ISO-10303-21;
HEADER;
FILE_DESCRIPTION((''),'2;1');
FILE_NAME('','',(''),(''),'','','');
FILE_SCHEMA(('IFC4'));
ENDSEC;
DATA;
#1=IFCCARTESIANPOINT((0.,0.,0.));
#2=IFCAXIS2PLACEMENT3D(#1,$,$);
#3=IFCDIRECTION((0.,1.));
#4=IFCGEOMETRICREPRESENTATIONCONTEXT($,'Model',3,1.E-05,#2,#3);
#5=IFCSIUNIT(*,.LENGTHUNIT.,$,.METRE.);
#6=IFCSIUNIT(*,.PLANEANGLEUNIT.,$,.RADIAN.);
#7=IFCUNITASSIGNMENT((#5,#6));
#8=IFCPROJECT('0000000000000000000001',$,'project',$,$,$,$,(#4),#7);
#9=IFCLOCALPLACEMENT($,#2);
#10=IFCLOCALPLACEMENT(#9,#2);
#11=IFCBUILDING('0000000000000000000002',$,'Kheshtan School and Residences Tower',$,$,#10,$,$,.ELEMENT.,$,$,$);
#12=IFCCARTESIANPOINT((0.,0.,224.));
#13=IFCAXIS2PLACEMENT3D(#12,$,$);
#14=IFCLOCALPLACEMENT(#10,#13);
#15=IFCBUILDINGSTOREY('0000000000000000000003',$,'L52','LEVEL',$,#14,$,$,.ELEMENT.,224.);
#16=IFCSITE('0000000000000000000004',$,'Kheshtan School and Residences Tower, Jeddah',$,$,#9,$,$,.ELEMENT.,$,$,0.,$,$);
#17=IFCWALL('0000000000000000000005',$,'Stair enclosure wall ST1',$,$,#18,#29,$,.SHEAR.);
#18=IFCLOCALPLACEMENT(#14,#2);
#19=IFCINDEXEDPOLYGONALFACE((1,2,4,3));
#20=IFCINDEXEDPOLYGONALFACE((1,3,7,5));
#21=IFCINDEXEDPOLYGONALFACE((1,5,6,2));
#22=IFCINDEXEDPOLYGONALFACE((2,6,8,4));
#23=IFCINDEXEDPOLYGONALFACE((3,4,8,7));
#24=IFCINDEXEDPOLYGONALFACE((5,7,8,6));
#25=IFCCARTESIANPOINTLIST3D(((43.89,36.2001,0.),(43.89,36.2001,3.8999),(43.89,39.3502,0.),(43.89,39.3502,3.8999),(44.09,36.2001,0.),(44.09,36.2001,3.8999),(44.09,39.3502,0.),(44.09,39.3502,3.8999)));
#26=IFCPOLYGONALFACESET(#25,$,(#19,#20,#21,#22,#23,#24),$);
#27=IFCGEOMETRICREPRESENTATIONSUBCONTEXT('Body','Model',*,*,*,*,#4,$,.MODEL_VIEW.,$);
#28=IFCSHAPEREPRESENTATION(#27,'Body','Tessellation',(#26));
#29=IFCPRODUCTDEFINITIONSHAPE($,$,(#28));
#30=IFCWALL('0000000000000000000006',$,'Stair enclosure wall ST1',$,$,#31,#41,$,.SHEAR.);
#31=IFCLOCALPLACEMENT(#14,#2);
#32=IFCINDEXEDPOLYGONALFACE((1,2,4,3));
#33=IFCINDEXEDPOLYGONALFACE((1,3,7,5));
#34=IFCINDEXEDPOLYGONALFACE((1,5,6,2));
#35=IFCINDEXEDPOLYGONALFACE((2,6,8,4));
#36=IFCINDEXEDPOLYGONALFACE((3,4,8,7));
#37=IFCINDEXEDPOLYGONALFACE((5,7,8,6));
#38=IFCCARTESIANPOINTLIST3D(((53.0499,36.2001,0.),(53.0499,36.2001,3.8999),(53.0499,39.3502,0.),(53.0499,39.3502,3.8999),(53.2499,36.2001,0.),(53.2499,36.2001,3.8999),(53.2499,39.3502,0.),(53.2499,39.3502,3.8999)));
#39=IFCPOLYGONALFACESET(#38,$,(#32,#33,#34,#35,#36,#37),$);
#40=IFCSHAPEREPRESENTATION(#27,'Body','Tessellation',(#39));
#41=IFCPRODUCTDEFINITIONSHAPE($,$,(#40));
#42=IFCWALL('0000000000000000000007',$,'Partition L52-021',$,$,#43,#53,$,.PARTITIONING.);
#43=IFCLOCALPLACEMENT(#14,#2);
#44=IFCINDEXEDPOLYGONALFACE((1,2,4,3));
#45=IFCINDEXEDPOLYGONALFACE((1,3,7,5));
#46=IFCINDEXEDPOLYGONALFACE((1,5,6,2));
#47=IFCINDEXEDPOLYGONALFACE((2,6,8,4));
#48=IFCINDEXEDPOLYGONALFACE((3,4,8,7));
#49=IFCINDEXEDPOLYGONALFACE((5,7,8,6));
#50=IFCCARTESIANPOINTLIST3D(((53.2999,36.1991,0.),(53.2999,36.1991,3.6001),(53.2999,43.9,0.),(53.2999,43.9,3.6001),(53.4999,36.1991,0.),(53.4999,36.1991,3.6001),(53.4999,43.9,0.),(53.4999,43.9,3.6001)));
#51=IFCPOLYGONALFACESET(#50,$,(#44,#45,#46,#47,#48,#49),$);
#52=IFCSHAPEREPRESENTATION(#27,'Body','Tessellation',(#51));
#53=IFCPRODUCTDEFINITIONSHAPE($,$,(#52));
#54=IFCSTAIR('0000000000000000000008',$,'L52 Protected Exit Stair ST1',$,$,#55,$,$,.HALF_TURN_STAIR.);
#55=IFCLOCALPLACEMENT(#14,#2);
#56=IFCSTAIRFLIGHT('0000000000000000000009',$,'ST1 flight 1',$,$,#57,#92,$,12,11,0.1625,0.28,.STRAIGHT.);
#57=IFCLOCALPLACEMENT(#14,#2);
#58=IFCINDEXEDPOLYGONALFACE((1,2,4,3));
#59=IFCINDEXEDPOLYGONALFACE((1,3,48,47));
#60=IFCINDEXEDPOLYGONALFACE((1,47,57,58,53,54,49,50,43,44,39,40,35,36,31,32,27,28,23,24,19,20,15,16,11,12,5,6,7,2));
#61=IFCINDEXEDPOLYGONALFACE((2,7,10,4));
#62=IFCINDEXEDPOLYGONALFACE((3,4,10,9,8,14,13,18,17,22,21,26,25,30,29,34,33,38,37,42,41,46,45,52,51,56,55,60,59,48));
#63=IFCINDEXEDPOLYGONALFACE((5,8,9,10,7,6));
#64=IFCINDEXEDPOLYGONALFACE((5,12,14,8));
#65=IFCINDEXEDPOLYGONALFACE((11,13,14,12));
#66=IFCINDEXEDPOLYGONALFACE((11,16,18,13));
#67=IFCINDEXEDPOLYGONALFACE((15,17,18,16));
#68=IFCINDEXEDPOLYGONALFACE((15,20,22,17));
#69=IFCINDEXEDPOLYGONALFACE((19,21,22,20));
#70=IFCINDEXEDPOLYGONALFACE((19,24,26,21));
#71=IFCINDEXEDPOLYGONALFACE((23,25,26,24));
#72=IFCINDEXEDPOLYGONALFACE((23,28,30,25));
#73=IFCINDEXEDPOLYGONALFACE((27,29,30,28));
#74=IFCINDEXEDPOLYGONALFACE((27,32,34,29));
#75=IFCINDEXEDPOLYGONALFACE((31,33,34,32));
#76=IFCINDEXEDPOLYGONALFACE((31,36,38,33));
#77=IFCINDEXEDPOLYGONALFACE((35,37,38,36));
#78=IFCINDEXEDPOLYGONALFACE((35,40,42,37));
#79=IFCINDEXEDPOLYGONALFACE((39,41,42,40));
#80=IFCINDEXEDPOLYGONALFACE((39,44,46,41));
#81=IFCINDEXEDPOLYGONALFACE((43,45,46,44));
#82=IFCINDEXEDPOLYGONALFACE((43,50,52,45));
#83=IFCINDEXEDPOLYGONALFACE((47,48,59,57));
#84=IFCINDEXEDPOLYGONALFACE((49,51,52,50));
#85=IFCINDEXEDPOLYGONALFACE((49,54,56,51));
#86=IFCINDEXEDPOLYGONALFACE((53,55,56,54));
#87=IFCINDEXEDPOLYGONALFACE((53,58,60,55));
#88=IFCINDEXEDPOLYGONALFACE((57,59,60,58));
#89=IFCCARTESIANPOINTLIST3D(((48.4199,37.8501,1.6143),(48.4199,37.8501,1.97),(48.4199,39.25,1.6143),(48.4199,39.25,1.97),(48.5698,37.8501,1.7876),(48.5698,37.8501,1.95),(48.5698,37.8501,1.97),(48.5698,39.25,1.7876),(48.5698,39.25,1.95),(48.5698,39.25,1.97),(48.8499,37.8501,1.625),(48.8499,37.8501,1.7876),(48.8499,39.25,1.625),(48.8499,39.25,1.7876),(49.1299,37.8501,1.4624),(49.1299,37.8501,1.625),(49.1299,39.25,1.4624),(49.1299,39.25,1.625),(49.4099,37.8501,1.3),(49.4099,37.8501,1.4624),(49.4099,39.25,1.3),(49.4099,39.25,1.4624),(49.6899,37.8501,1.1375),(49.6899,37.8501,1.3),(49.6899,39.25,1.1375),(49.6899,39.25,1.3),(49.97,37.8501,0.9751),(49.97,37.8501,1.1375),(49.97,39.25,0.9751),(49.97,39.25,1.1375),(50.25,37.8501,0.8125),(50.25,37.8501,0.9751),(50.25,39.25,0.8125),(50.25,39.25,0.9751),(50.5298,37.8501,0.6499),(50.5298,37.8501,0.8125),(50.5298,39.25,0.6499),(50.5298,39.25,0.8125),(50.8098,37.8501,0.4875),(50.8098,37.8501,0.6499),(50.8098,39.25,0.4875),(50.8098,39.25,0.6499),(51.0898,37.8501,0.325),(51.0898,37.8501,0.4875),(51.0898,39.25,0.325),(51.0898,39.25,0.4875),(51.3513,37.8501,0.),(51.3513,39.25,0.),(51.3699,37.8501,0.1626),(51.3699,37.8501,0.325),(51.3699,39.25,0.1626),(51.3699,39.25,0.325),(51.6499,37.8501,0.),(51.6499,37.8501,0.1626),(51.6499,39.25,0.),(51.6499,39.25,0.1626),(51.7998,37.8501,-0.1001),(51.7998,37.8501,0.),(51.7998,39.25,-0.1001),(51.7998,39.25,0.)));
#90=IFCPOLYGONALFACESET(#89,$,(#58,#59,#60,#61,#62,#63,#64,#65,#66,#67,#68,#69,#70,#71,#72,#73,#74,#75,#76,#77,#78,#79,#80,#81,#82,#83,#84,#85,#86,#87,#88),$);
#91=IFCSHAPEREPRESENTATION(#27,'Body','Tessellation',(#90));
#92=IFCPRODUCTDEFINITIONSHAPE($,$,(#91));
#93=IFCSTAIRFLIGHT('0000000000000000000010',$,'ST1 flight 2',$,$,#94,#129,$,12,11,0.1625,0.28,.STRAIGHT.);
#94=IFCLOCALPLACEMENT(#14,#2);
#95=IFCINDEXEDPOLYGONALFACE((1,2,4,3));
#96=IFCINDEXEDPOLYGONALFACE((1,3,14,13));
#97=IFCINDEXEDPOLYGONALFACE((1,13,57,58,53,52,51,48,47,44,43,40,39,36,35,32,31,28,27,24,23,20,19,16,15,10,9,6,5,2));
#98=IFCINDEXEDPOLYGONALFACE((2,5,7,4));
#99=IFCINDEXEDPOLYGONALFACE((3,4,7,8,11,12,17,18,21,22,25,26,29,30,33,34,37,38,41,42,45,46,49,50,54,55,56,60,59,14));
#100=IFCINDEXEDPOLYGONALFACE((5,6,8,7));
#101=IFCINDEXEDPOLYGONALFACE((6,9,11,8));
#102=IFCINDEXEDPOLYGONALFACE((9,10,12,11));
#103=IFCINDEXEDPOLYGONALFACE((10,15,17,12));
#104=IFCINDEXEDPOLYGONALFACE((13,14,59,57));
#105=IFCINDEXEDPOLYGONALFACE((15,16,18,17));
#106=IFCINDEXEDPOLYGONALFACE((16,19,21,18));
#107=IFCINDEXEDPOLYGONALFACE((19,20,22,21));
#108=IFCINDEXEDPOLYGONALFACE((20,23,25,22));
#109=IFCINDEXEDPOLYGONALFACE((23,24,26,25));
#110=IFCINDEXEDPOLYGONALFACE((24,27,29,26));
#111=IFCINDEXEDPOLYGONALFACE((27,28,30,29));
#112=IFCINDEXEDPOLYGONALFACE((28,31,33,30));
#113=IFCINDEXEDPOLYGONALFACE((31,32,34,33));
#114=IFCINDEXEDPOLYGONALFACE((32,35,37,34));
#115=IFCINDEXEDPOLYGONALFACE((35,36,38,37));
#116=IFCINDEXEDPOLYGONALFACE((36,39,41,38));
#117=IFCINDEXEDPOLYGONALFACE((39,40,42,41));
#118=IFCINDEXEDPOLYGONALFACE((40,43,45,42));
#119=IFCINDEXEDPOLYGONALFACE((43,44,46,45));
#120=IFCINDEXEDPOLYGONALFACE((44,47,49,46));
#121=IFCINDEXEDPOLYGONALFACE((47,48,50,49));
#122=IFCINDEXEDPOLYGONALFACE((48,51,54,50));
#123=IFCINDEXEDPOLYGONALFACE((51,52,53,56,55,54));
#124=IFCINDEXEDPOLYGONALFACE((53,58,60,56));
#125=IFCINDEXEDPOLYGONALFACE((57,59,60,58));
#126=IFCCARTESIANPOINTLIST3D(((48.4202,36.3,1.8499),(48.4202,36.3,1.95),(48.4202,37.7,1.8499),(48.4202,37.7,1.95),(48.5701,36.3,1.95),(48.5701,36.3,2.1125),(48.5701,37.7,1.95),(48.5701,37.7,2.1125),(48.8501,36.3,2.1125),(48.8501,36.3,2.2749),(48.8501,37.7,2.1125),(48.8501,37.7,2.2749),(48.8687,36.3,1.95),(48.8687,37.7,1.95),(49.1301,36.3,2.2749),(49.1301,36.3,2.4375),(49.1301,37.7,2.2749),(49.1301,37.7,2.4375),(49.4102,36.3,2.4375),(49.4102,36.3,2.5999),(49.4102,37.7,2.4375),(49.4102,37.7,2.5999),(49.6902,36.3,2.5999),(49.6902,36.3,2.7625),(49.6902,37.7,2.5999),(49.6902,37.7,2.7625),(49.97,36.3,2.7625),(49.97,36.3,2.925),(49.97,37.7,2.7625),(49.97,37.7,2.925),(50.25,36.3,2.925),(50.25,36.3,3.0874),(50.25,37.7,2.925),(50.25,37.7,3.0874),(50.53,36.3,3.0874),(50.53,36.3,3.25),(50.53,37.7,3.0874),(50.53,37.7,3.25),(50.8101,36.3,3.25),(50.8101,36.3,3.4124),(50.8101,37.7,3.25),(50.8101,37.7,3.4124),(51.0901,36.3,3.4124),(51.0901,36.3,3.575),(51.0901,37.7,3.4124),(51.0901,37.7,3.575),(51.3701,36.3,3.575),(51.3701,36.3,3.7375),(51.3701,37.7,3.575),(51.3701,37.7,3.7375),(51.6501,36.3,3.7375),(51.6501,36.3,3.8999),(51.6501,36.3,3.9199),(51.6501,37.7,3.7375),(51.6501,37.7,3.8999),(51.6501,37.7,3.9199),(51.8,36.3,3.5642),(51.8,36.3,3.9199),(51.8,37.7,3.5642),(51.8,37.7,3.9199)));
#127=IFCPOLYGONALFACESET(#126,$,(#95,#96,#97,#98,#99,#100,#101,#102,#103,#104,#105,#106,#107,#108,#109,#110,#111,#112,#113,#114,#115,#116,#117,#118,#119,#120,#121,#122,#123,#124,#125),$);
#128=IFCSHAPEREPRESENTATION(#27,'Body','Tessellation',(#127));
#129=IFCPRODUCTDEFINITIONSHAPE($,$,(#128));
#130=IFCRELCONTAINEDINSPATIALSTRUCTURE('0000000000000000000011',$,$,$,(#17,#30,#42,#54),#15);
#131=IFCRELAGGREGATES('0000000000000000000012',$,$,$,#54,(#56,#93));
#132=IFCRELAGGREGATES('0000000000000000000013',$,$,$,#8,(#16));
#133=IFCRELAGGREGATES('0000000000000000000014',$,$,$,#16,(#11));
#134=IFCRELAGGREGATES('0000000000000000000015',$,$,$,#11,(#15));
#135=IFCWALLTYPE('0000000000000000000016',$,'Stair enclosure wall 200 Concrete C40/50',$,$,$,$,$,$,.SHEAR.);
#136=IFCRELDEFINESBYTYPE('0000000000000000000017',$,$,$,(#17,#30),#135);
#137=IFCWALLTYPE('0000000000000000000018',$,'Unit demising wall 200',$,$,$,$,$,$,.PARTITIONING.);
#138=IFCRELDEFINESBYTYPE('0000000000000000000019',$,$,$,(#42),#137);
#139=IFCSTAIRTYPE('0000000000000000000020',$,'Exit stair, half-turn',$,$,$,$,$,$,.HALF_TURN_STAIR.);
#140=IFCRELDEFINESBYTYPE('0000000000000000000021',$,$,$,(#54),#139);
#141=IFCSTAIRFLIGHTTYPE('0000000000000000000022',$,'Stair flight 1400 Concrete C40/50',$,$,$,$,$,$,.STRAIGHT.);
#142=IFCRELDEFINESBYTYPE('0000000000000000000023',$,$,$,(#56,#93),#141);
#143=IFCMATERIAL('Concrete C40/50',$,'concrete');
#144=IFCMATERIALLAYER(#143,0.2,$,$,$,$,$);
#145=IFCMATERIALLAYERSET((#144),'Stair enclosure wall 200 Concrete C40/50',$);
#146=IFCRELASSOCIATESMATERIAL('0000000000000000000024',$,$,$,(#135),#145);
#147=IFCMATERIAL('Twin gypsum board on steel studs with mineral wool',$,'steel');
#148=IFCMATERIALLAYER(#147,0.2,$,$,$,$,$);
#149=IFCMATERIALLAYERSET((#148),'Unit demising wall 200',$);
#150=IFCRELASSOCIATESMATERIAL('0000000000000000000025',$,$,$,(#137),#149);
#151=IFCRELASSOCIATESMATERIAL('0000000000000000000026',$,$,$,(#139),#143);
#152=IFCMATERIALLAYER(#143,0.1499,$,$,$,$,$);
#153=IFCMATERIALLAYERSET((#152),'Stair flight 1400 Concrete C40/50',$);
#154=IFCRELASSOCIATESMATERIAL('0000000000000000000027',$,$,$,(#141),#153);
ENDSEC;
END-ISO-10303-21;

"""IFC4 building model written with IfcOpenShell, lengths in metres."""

from ifc_helpers import new_model, si_unit, direction, frame, frame_2d, origin, place, context, subcontext, project, spatial, polyline, rectangle, outline, extrude, material, layer, layer_set, type_object, element, aggregate, save


model = new_model("IFC4")

# Units and contexts
model_context = context("Model", 3, precision=1e-05, world=origin(), true_north=direction((0.0, 1.0)))
body_context = subcontext(model_context, "Body", "Model", "MODEL_VIEW")
ifc_project = project(units=[si_unit("LENGTHUNIT", "METRE"), si_unit("PLANEANGLEUNIT", "RADIAN")], contexts=[model_context])

# Site, building, storey
site_placement = place(None, origin())
site = spatial("IfcSite", under=ifc_project, at=site_placement, Name="Kheshtan School and Residences Tower, Jeddah", CompositionType="ELEMENT", RefElevation=0.0)
building_placement = place(site_placement, origin())
building = spatial("IfcBuilding", under=site, at=building_placement, Name="Kheshtan School and Residences Tower", CompositionType="ELEMENT")
storey_placement = place(building_placement, frame((0.0, 0.0, 224.0)))
storey = spatial("IfcBuildingStorey", under=building, at=storey_placement, Name="L52", Description="LEVEL", CompositionType="ELEMENT", Elevation=224.0)

# Walls
ifc_material_1 = material(Name="Concrete C40/50", Category="concrete")
ifc_layer_1 = layer(ifc_material_1, 0.2)
ifc_layer_set_1 = layer_set([ifc_layer_1], Name="Stair enclosure wall 200 Concrete C40/50")
wall_type_1 = type_object("IfcWallType", Name="Stair enclosure wall 200 Concrete C40/50", PredefinedType="SHEAR", material=ifc_layer_set_1)
for number, where, z_axis, x_axis, name in (
    (1, (43.99, 36.2, 0.0), (0.0, 0.0, 1.0), (0.0, 1.0, 0.0), "Stair enclosure wall ST1"),
    (2, (53.1499, 36.2, 0.0), (0.0, 0.0, 1.0), (0.0, 1.0, 0.0), "Stair enclosure wall ST1"),
):
    element("IfcWall", number, at=place(storey_placement, frame(where, z_axis=z_axis, x_axis=x_axis)), inside=storey, type_object=wall_type_1, Name=name, PredefinedType="SHEAR", context=body_context, shape_type="SweptSolid", body=[
        extrude(rectangle(XDim=3.1501, YDim=0.2, at=frame_2d((1.5752, 0.0))), origin(), (0.0, 0.0, 1.0), 3.8999),
    ])
ifc_material_2 = material(Name="Twin gypsum board on steel studs with mineral wool", Category="steel")
ifc_layer_2 = layer(ifc_material_2, 0.2)
ifc_layer_set_2 = layer_set([ifc_layer_2], Name="Unit demising wall 200")
wall_type_2 = type_object("IfcWallType", Name="Unit demising wall 200", PredefinedType="PARTITIONING", material=ifc_layer_set_2)
wall_1_placement = place(storey_placement, frame((53.3999, 36.199, 0.0), z_axis=(0.0, 0.0, 1.0), x_axis=(0.0, 1.0, 0.0)))
element("IfcWall", 3, at=wall_1_placement, inside=storey, type_object=wall_type_2, Name="Partition L52-021", PredefinedType="PARTITIONING", context=body_context, shape_type="SweptSolid", body=[
    extrude(rectangle(XDim=7.7009, YDim=0.2, at=frame_2d((3.8506, 0.0))), origin(), (0.0, 0.0, 1.0), 3.6001),
])

# Stair, stair flights
stair_type = type_object("IfcStairType", Name="Exit stair, half-turn", PredefinedType="HALF_TURN_STAIR", material=ifc_material_1)
stair_placement = place(storey_placement, origin())
stair = element("IfcStair", 4, at=stair_placement, inside=storey, type_object=stair_type, Name="L52 Protected Exit Stair ST1", PredefinedType="HALF_TURN_STAIR")
ifc_layer_3 = layer(ifc_material_1, 0.1499)
ifc_layer_set_3 = layer_set([ifc_layer_3], Name="Stair flight 1400 Concrete C40/50")
stair_flight_type = type_object("IfcStairFlightType", Name="Stair flight 1400 Concrete C40/50", PredefinedType="STRAIGHT", material=ifc_layer_set_3)
stair_flight_1_placement = place(storey_placement, frame((51.6499, 38.55, 0.0), z_axis=(0.0, 0.0, 1.0), x_axis=(-1.0, 0.0, 0.0)))
stair_flight_1 = element("IfcStairFlight", 5, at=stair_flight_1_placement, type_object=stair_flight_type, Name="ST1 flight 1", NumberOfRisers=12, NumberOfTreads=11, PredefinedType="STRAIGHT", RiserHeight=0.1625, TreadLength=0.28, context=body_context, shape_type="SweptSolid", body=[
    extrude(outline(polyline([(-0.1499, -0.1001), (-0.1499, 0.0), (0.0, 0.0), (0.0, 0.1626), (0.28, 0.1626), (0.28, 0.325), (0.5601, 0.325), (0.5601, 0.4875), (0.8401, 0.4875), (0.8401, 0.6499), (1.1201, 0.6499), (1.1201, 0.8125), (1.3999, 0.8125), (1.3999, 0.9751), (1.6799, 0.9751), (1.6799, 1.1375), (1.96, 1.1375), (1.96, 1.3), (2.24, 1.3), (2.24, 1.4624), (2.52, 1.4624), (2.52, 1.625), (2.8, 1.625), (2.8, 1.7876), (3.0801, 1.7876), (3.0801, 1.95), (3.0801, 1.97), (3.23, 1.97), (3.23, 1.6143), (0.2986, 0.0), (-0.1499, -0.1001)])), frame((0.0, 0.7, 0.0), z_axis=(0.0, -1.0, 0.0), x_axis=(1.0, 0.0, 0.0)), (0.0, 0.0, 1.0), 1.3999),
])
stair_flight_2_placement = place(storey_placement, frame((48.5701, 37.0, 1.95), z_axis=(0.0, 0.0, 1.0), x_axis=(1.0, 0.0, 0.0)))
stair_flight_2 = element("IfcStairFlight", 6, at=stair_flight_2_placement, type_object=stair_flight_type, Name="ST1 flight 2", NumberOfRisers=12, NumberOfTreads=11, PredefinedType="STRAIGHT", RiserHeight=0.1625, TreadLength=0.28, context=body_context, shape_type="SweptSolid", body=[
    extrude(outline(polyline([(-0.1499, -0.1001), (-0.1499, 0.0), (0.0, 0.0), (0.0, 0.1626), (0.28, 0.1626), (0.28, 0.325), (0.5601, 0.325), (0.5601, 0.4875), (0.8401, 0.4875), (0.8401, 0.6499), (1.1201, 0.6499), (1.1201, 0.8125), (1.3999, 0.8125), (1.3999, 0.9751), (1.6799, 0.9751), (1.6799, 1.1375), (1.96, 1.1375), (1.96, 1.3), (2.24, 1.3), (2.24, 1.4624), (2.52, 1.4624), (2.52, 1.625), (2.8, 1.625), (2.8, 1.7876), (3.0801, 1.7876), (3.0801, 1.95), (3.0801, 1.97), (3.23, 1.97), (3.23, 1.6143), (0.2986, 0.0), (-0.1499, -0.1001)])), frame((0.0, 0.7, 0.0), z_axis=(0.0, -1.0, 0.0), x_axis=(1.0, 0.0, 0.0)), (0.0, 0.0, 1.0), 1.3999),
])
aggregate(stair, [stair_flight_1, stair_flight_2])

save(model, "model.ifc")
